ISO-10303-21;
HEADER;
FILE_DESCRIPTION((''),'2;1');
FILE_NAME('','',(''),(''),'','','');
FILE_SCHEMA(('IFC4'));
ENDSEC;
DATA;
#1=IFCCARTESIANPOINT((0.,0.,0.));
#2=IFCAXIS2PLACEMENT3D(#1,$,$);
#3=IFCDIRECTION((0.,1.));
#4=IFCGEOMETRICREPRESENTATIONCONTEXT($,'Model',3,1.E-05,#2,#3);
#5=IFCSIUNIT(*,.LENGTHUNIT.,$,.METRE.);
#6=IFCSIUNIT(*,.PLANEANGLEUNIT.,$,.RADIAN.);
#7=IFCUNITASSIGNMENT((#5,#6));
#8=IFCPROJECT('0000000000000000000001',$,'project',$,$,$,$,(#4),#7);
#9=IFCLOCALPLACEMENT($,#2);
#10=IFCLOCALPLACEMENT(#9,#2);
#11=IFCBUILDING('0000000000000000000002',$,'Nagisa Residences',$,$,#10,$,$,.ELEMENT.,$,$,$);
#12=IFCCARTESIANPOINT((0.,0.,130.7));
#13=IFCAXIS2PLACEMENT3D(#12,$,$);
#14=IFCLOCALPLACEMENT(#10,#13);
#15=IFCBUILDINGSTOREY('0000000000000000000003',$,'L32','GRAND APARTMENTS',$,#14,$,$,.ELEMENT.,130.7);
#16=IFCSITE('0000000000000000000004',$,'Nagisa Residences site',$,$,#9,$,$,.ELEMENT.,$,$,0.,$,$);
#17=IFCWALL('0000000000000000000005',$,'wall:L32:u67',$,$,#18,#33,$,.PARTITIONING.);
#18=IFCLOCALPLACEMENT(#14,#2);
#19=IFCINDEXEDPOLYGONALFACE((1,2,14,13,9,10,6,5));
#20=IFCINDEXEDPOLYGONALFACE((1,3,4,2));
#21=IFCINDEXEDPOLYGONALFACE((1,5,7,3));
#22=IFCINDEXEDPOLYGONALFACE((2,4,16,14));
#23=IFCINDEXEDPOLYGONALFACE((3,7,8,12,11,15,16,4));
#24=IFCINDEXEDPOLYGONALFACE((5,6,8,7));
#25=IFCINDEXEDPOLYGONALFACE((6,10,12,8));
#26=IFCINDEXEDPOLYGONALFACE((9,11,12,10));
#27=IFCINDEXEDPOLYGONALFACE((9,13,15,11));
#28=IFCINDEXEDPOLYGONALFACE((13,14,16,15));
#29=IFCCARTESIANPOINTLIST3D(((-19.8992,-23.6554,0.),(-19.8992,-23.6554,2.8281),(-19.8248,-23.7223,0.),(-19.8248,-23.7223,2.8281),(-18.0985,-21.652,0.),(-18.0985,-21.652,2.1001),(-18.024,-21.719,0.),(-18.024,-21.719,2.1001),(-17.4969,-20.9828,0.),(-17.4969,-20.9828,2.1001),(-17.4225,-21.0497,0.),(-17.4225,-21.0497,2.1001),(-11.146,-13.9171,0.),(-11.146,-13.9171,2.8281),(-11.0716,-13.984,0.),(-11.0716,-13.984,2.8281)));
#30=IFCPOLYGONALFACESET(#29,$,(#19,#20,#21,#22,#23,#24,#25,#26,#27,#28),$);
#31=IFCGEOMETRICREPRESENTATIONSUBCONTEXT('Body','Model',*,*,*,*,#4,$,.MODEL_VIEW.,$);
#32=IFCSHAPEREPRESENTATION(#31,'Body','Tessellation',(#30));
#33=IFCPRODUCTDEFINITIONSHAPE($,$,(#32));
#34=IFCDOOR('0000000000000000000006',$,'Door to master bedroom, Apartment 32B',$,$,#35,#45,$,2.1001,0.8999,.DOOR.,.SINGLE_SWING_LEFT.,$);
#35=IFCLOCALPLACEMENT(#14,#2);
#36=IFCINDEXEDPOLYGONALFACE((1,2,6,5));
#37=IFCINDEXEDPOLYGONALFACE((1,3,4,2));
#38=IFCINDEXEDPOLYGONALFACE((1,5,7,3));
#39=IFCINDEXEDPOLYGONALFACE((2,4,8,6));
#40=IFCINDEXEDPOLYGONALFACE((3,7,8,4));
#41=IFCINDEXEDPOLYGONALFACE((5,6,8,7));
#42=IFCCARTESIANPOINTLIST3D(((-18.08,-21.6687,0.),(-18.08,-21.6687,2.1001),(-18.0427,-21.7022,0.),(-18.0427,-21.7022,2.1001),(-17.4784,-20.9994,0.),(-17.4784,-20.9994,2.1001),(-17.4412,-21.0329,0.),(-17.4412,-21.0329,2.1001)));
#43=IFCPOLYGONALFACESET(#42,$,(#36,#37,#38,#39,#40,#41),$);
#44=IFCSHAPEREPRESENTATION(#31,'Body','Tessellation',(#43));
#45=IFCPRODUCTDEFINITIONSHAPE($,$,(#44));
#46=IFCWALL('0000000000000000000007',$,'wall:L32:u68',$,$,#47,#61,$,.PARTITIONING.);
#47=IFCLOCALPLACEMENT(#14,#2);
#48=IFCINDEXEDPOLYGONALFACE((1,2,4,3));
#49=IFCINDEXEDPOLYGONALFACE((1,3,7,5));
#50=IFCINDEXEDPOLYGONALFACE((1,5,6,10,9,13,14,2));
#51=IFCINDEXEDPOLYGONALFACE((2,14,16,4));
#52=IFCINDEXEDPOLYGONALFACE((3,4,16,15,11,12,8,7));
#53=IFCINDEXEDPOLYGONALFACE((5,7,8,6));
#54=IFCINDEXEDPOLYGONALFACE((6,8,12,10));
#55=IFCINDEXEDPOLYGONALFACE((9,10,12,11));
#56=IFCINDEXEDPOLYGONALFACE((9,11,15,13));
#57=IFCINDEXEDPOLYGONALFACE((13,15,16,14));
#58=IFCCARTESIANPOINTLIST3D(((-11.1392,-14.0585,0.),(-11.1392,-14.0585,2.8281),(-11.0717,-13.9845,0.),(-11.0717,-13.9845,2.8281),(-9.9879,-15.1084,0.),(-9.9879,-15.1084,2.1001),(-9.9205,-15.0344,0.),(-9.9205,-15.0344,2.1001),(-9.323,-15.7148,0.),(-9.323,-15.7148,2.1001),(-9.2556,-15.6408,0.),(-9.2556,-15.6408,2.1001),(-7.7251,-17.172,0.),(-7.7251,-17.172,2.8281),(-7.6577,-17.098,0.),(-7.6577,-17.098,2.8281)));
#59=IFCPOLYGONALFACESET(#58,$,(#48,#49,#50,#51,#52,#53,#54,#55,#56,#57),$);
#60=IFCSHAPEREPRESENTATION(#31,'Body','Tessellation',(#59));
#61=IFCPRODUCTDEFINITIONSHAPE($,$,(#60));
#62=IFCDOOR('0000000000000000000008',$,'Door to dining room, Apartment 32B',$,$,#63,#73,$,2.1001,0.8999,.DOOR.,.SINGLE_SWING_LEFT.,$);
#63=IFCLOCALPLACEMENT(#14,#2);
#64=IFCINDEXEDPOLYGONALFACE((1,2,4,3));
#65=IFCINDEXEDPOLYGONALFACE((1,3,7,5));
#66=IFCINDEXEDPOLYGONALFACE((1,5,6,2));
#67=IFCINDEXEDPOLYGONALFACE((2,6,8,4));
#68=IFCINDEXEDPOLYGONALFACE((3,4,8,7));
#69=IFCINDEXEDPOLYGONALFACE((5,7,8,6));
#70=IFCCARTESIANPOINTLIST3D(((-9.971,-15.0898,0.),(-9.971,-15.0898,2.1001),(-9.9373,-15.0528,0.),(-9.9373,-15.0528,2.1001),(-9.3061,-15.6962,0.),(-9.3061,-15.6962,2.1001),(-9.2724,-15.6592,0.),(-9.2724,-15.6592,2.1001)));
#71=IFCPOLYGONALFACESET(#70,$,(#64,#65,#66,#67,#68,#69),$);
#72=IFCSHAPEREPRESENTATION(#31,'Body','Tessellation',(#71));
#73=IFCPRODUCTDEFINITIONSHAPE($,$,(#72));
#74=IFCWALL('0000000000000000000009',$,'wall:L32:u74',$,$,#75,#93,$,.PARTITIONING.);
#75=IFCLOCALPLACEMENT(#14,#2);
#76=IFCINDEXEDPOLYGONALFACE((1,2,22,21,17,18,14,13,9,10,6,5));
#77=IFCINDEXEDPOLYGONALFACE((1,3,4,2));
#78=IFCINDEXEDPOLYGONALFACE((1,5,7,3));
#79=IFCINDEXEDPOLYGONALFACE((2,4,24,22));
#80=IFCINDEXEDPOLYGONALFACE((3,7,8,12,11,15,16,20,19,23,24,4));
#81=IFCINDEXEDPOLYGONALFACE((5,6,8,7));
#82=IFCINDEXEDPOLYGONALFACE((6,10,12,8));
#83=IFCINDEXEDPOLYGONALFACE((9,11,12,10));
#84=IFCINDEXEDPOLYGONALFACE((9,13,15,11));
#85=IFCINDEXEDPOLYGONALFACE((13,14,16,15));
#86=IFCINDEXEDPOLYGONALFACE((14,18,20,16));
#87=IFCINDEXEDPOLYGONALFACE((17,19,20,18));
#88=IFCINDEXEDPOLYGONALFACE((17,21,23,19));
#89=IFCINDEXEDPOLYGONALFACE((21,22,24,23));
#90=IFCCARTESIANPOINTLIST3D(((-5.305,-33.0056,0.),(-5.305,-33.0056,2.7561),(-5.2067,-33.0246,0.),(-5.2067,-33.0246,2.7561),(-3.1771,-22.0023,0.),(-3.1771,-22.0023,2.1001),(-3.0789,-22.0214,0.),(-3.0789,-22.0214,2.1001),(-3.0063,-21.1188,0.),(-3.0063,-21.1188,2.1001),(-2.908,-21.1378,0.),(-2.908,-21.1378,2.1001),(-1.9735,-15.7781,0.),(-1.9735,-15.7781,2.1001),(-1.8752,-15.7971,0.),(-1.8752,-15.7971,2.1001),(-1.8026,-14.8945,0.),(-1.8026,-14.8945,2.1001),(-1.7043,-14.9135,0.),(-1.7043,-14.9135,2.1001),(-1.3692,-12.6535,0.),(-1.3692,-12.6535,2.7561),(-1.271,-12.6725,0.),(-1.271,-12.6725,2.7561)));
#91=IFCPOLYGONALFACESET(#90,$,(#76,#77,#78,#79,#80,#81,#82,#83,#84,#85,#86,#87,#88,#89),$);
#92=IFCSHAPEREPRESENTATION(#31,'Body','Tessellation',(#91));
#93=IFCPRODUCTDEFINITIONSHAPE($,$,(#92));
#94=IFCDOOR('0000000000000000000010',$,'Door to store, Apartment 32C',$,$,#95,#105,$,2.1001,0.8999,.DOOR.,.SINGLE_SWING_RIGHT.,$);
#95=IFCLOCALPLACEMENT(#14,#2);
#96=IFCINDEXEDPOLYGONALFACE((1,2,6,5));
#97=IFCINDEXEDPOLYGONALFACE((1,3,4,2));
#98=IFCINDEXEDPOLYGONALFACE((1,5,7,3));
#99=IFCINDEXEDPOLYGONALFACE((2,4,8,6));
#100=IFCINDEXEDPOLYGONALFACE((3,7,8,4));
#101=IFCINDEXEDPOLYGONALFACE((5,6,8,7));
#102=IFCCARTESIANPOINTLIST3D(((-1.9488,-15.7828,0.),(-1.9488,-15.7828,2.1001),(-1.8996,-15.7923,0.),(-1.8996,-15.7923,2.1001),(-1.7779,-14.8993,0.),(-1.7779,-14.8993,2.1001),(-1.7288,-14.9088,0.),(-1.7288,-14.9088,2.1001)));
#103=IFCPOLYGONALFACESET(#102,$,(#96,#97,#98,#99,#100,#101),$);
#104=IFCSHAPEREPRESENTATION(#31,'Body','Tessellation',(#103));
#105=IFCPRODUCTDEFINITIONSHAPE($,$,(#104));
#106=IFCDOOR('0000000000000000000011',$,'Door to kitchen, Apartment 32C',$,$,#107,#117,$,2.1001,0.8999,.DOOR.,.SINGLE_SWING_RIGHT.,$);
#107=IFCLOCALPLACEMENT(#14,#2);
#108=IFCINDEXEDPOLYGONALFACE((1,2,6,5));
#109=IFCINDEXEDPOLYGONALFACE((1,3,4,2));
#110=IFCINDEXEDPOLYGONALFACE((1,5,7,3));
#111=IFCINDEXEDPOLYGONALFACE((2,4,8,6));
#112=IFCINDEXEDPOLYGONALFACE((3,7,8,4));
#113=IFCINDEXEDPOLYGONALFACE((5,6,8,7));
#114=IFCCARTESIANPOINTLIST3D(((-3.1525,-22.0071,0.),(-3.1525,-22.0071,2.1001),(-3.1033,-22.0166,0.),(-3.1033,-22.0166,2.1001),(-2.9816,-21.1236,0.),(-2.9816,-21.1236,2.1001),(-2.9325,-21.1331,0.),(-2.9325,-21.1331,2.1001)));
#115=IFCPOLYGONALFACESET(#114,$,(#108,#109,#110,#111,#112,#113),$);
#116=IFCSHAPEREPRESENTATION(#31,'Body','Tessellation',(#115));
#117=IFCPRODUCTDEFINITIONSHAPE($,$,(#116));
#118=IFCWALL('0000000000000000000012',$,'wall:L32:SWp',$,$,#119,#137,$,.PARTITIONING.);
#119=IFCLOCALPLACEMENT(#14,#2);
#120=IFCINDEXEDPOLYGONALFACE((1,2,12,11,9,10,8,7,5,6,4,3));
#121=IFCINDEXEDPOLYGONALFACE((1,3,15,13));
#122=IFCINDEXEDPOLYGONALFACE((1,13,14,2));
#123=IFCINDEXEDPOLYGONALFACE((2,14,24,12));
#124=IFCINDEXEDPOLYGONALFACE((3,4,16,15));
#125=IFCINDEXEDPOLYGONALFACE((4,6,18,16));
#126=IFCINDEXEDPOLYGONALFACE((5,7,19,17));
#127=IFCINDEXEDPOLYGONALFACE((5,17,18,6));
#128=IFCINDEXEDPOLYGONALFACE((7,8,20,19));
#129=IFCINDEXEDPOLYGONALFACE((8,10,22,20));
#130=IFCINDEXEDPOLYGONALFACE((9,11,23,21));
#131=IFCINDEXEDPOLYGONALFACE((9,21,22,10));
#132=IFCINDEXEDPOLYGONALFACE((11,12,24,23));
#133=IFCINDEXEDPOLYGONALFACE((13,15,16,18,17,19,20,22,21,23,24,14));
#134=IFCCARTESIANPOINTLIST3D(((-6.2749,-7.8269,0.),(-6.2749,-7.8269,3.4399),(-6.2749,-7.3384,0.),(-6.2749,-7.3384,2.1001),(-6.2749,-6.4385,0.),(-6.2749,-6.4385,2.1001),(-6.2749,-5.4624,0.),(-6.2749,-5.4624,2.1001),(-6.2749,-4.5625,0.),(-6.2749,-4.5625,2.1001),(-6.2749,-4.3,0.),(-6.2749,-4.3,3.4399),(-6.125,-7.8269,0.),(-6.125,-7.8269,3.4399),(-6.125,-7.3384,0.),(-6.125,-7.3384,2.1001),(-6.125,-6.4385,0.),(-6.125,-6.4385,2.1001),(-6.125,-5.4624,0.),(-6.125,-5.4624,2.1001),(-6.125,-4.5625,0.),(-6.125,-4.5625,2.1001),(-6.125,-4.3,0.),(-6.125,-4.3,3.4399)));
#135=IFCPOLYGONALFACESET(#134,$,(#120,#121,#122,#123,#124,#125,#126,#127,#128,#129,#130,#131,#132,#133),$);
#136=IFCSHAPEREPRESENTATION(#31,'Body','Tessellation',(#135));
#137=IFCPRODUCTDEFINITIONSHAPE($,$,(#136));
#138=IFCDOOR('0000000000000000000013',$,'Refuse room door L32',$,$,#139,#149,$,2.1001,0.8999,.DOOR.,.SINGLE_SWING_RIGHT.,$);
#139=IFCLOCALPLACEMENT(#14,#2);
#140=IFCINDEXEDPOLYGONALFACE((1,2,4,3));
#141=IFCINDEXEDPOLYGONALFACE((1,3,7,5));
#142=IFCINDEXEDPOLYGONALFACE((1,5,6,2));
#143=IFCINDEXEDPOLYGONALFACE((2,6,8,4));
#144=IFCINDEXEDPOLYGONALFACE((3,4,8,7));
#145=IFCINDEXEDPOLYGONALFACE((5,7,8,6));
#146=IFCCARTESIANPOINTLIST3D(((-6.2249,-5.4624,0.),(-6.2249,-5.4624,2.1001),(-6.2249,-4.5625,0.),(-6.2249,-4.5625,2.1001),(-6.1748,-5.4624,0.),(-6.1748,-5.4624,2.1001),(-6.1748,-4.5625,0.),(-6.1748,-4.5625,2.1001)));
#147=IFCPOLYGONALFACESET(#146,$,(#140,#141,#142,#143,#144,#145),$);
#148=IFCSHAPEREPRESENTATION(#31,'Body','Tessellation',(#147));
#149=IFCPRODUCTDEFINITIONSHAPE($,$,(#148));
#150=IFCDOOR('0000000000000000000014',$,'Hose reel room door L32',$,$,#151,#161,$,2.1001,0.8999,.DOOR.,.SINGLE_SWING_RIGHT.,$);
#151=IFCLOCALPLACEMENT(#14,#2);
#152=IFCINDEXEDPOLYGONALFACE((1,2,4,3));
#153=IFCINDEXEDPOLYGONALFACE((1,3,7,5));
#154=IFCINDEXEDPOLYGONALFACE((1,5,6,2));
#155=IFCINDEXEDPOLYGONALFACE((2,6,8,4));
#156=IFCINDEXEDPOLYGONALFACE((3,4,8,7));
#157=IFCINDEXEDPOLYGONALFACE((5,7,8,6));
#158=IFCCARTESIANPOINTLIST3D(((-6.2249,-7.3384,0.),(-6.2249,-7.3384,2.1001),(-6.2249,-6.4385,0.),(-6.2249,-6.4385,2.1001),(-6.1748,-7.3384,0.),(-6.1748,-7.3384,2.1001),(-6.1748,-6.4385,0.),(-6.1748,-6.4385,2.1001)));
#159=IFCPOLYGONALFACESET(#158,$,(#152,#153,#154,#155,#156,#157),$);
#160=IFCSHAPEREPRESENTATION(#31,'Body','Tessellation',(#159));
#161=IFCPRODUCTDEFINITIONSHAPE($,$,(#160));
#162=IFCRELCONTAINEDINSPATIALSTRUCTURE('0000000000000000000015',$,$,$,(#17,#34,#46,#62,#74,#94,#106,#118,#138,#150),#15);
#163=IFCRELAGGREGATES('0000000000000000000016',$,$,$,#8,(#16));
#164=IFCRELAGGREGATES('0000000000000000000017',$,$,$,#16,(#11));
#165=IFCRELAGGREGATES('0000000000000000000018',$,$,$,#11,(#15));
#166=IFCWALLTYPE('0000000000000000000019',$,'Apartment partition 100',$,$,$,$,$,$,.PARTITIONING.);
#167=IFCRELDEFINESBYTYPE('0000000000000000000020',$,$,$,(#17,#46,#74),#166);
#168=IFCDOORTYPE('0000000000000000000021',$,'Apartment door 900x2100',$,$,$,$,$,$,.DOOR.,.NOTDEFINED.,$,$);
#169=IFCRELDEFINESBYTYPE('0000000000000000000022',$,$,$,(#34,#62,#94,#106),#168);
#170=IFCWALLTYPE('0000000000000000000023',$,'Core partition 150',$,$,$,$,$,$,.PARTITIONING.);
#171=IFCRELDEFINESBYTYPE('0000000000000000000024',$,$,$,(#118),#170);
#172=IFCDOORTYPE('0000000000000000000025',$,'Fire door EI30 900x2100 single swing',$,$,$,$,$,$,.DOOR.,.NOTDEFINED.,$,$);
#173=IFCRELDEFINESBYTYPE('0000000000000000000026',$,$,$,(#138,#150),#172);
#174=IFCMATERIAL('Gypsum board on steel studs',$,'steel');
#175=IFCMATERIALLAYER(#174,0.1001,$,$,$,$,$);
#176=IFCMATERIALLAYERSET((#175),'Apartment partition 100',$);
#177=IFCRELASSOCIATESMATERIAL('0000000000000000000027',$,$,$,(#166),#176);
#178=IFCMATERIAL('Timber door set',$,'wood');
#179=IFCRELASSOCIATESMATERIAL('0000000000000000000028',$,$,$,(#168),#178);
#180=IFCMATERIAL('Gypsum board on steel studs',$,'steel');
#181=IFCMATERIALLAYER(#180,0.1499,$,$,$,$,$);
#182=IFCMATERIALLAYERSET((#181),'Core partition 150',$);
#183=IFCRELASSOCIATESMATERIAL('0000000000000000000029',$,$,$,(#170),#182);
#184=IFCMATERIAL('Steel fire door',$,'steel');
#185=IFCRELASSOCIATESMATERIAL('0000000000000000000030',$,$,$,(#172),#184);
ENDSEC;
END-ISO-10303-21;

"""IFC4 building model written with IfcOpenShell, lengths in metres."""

from ifc_helpers import new_model, si_unit, direction, frame, frame_2d, origin, place, context, subcontext, project, spatial, rectangle, extrude, material, layer, layer_set, type_object, element, fill, save


model = new_model("IFC4")

# Units and contexts
model_context = context("Model", 3, precision=1e-05, world=origin(), true_north=direction((0.0, 1.0)))
body_context = subcontext(model_context, "Body", "Model", "MODEL_VIEW")
ifc_project = project(units=[si_unit("LENGTHUNIT", "METRE"), si_unit("PLANEANGLEUNIT", "RADIAN")], contexts=[model_context])

# Site, building, storey
site_placement = place(None, origin())
site = spatial("IfcSite", under=ifc_project, at=site_placement, Name="Nagisa Residences site", CompositionType="ELEMENT", RefElevation=0.0)
building_placement = place(site_placement, origin())
building = spatial("IfcBuilding", under=site, at=building_placement, Name="Nagisa Residences", CompositionType="ELEMENT")
storey_placement = place(building_placement, frame((0.0, 0.0, 130.7)))
storey = spatial("IfcBuildingStorey", under=building, at=storey_placement, Name="L32", Description="GRAND APARTMENTS", CompositionType="ELEMENT", Elevation=130.7)

# Shared definitions
ifc_material_1 = material(Name="Gypsum board on steel studs", Category="steel")
ifc_layer_1 = layer(ifc_material_1, 0.1001)
ifc_layer_set_1 = layer_set([ifc_layer_1], Name="Apartment partition 100")
wall_type_1 = type_object("IfcWallType", Name="Apartment partition 100", PredefinedType="PARTITIONING", material=ifc_layer_set_1)
ifc_material_2 = material(Name="Timber door set", Category="wood")
door_type_1 = type_object("IfcDoorType", Name="Apartment door 900x2100", OperationType="NOTDEFINED", PredefinedType="DOOR", material=ifc_material_2)

# Walls, openings, doors
wall_1_placement = place(storey_placement, frame((-11.1089, -13.9507, 0.0), z_axis=(0.0, 0.0, 1.0), x_axis=(-0.668489, -0.743722, 0.0)))
wall_1 = element("IfcWall", 1, at=wall_1_placement, inside=storey, type_object=wall_type_1, Name="wall:L32:u67", PredefinedType="PARTITIONING", context=body_context, shape_type="SweptSolid", body=[
    extrude(rectangle(XDim=13.094, YDim=0.1001, at=frame_2d((6.5469, 0.0))), origin(), (0.0, 0.0, 1.0), 2.8281),
])
opening_1_placement = place(wall_1_placement, frame((9.5002, 0.0, 0.0)))
opening_1 = element("IfcOpeningElement", 2, at=opening_1_placement, cuts=wall_1, PredefinedType="OPENING", context=body_context, shape_type="SweptSolid", body=[
    extrude(rectangle(XDim=0.8999, YDim=2.1001, at=frame_2d((0.45, 1.05))), frame((0.0, 0.0601, 0.0), z_axis=(0.0, -1.0, 0.0), x_axis=(1.0, 0.0, 0.0)), (0.0, 0.0, 1.0), 0.1201),
])
door_1_placement = place(opening_1_placement, origin())
door_1 = element("IfcDoor", 3, at=door_1_placement, inside=storey, type_object=door_type_1, Name="Door to master bedroom, Apartment 32B", OperationType="SINGLE_SWING_LEFT", OverallHeight=2.1001, OverallWidth=0.8999, PredefinedType="DOOR", context=body_context, shape_type="SweptSolid", body=[
    extrude(rectangle(XDim=0.8999, YDim=2.1001, at=frame_2d((0.45, 1.05))), frame((0.0, 0.0249, 0.0), z_axis=(0.0, -1.0, 0.0), x_axis=(1.0, 0.0, 0.0)), (0.0, 0.0, 1.0), 0.05),
])
fill(opening_1, door_1)
wall_2_placement = place(storey_placement, frame((-11.1055, -14.0215, 0.0), z_axis=(0.0, 0.0, 1.0), x_axis=(0.73888, -0.673837, 0.0)))
wall_2 = element("IfcWall", 4, at=wall_2_placement, inside=storey, type_object=wall_type_1, Name="wall:L32:u68", PredefinedType="PARTITIONING", context=body_context, shape_type="SweptSolid", body=[
    extrude(rectangle(XDim=4.6206, YDim=0.1001, at=frame_2d((2.3103, 0.0))), origin(), (0.0, 0.0, 1.0), 2.8281),
])
opening_2_placement = place(wall_2_placement, frame((1.5581, 0.0, 0.0)))
opening_2 = element("IfcOpeningElement", 5, at=opening_2_placement, cuts=wall_2, PredefinedType="OPENING", context=body_context, shape_type="SweptSolid", body=[
    extrude(rectangle(XDim=0.8999, YDim=2.1001, at=frame_2d((0.45, 1.05))), frame((0.0, 0.0601, 0.0), z_axis=(0.0, -1.0, 0.0), x_axis=(1.0, 0.0, 0.0)), (0.0, 0.0, 1.0), 0.1201),
])
door_2_placement = place(opening_2_placement, frame((0.8999, 0.0, 0.0), x_axis=(-1.0, 0.0, 0.0)))
door_2 = element("IfcDoor", 6, at=door_2_placement, inside=storey, type_object=door_type_1, Name="Door to dining room, Apartment 32B", OperationType="SINGLE_SWING_LEFT", OverallHeight=2.1001, OverallWidth=0.8999, PredefinedType="DOOR", context=body_context, shape_type="SweptSolid", body=[
    extrude(rectangle(XDim=0.8999, YDim=2.1001, at=frame_2d((0.45, 1.05))), frame((0.0, 0.0249, 0.0), z_axis=(0.0, -1.0, 0.0), x_axis=(1.0, 0.0, 0.0)), (0.0, 0.0, 1.0), 0.05),
])
fill(opening_2, door_2)

# Walls, openings, doors
wall_3_placement = place(storey_placement, frame((-1.3201, -12.6628, 0.0), z_axis=(0.0, 0.0, 1.0), x_axis=(-0.189866, -0.98181, 0.0)))
wall_3 = element("IfcWall", 7, at=wall_3_placement, inside=storey, type_object=wall_type_1, Name="wall:L32:u74", PredefinedType="PARTITIONING", context=body_context, shape_type="SweptSolid", body=[
    extrude(rectangle(XDim=20.7292, YDim=0.1001, at=frame_2d((10.3647, 0.0))), origin(), (0.0, 0.0, 1.0), 2.7561),
])
opening_3_placement = place(wall_3_placement, frame((2.2827, 0.0, 0.0)))
opening_3 = element("IfcOpeningElement", 8, at=opening_3_placement, cuts=wall_3, PredefinedType="OPENING", context=body_context, shape_type="SweptSolid", body=[
    extrude(rectangle(XDim=0.8999, YDim=2.1001, at=frame_2d((0.45, 1.05))), frame((0.0, 0.0601, 0.0), z_axis=(0.0, -1.0, 0.0), x_axis=(1.0, 0.0, 0.0)), (0.0, 0.0, 1.0), 0.1201),
])
opening_4_placement = place(wall_3_placement, frame((8.6223, 0.0, 0.0)))
opening_4 = element("IfcOpeningElement", 9, at=opening_4_placement, cuts=wall_3, PredefinedType="OPENING", context=body_context, shape_type="SweptSolid", body=[
    extrude(rectangle(XDim=0.8999, YDim=2.1001, at=frame_2d((0.45, 1.05))), frame((0.0, 0.0601, 0.0), z_axis=(0.0, -1.0, 0.0), x_axis=(1.0, 0.0, 0.0)), (0.0, 0.0, 1.0), 0.1201),
])
door_3_placement = place(opening_3_placement, frame((0.8999, 0.0, 0.0), x_axis=(-1.0, 0.0, 0.0)))
door_3 = element("IfcDoor", 10, at=door_3_placement, inside=storey, type_object=door_type_1, Name="Door to store, Apartment 32C", OperationType="SINGLE_SWING_RIGHT", OverallHeight=2.1001, OverallWidth=0.8999, PredefinedType="DOOR", context=body_context, shape_type="SweptSolid", body=[
    extrude(rectangle(XDim=0.8999, YDim=2.1001, at=frame_2d((0.45, 1.05))), frame((0.0, 0.0249, 0.0), z_axis=(0.0, -1.0, 0.0), x_axis=(1.0, 0.0, 0.0)), (0.0, 0.0, 1.0), 0.05),
])
fill(opening_3, door_3)
door_4_placement = place(opening_4_placement, frame((0.8999, 0.0, 0.0), x_axis=(-1.0, 0.0, 0.0)))
door_4 = element("IfcDoor", 11, at=door_4_placement, inside=storey, type_object=door_type_1, Name="Door to kitchen, Apartment 32C", OperationType="SINGLE_SWING_RIGHT", OverallHeight=2.1001, OverallWidth=0.8999, PredefinedType="DOOR", context=body_context, shape_type="SweptSolid", body=[
    extrude(rectangle(XDim=0.8999, YDim=2.1001, at=frame_2d((0.45, 1.05))), frame((0.0, 0.0249, 0.0), z_axis=(0.0, -1.0, 0.0), x_axis=(1.0, 0.0, 0.0)), (0.0, 0.0, 1.0), 0.05),
])
fill(opening_4, door_4)
ifc_material_3 = material(Name="Gypsum board on steel studs", Category="steel")
ifc_layer_2 = layer(ifc_material_3, 0.1499)
ifc_layer_set_2 = layer_set([ifc_layer_2], Name="Core partition 150")
wall_type_2 = type_object("IfcWallType", Name="Core partition 150", PredefinedType="PARTITIONING", material=ifc_layer_set_2)
wall_4_placement = place(storey_placement, frame((-6.2, -7.8269, 0.0), z_axis=(0.0, 0.0, 1.0), x_axis=(0.0, 1.0, 0.0)))
wall_4 = element("IfcWall", 12, at=wall_4_placement, inside=storey, type_object=wall_type_2, Name="wall:L32:SWp", PredefinedType="PARTITIONING", context=body_context, shape_type="SweptSolid", body=[
    extrude(rectangle(XDim=3.5269, YDim=0.1499, at=frame_2d((1.7634, 0.0))), origin(), (0.0, 0.0, 1.0), 3.4399),
])
opening_5_placement = place(wall_4_placement, frame((2.3645, 0.0, 0.0)))
opening_5 = element("IfcOpeningElement", 13, at=opening_5_placement, cuts=wall_4, PredefinedType="OPENING", context=body_context, shape_type="SweptSolid", body=[
    extrude(rectangle(XDim=0.8999, YDim=2.1001, at=frame_2d((0.45, 1.05))), frame((0.0, 0.085, 0.0), z_axis=(0.0, -1.0, 0.0), x_axis=(1.0, 0.0, 0.0)), (0.0, 0.0, 1.0), 0.1699),
])
opening_6_placement = place(wall_4_placement, frame((0.4885, 0.0, 0.0)))
opening_6 = element("IfcOpeningElement", 14, at=opening_6_placement, cuts=wall_4, PredefinedType="OPENING", context=body_context, shape_type="SweptSolid", body=[
    extrude(rectangle(XDim=0.8999, YDim=2.1001, at=frame_2d((0.45, 1.05))), frame((0.0, 0.085, 0.0), z_axis=(0.0, -1.0, 0.0), x_axis=(1.0, 0.0, 0.0)), (0.0, 0.0, 1.0), 0.1699),
])
ifc_material_4 = material(Name="Steel fire door", Category="steel")
door_type_2 = type_object("IfcDoorType", Name="Fire door EI30 900x2100 single swing", OperationType="NOTDEFINED", PredefinedType="DOOR", material=ifc_material_4)
door_5_placement = place(opening_5_placement, origin())
door_5 = element("IfcDoor", 15, at=door_5_placement, inside=storey, type_object=door_type_2, Name="Refuse room door L32", OperationType="SINGLE_SWING_RIGHT", OverallHeight=2.1001, OverallWidth=0.8999, PredefinedType="DOOR", context=body_context, shape_type="SweptSolid", body=[
    extrude(rectangle(XDim=0.8999, YDim=2.1001, at=frame_2d((0.45, 1.05))), frame((0.0, 0.0249, 0.0), z_axis=(0.0, -1.0, 0.0), x_axis=(1.0, 0.0, 0.0)), (0.0, 0.0, 1.0), 0.05),
])
fill(opening_5, door_5)
door_6_placement = place(opening_6_placement, origin())
door_6 = element("IfcDoor", 16, at=door_6_placement, inside=storey, type_object=door_type_2, Name="Hose reel room door L32", OperationType="SINGLE_SWING_RIGHT", OverallHeight=2.1001, OverallWidth=0.8999, PredefinedType="DOOR", context=body_context, shape_type="SweptSolid", body=[
    extrude(rectangle(XDim=0.8999, YDim=2.1001, at=frame_2d((0.45, 1.05))), frame((0.0, 0.0249, 0.0), z_axis=(0.0, -1.0, 0.0), x_axis=(1.0, 0.0, 0.0)), (0.0, 0.0, 1.0), 0.05),
])
fill(opening_6, door_6)

save(model, "model.ifc")
